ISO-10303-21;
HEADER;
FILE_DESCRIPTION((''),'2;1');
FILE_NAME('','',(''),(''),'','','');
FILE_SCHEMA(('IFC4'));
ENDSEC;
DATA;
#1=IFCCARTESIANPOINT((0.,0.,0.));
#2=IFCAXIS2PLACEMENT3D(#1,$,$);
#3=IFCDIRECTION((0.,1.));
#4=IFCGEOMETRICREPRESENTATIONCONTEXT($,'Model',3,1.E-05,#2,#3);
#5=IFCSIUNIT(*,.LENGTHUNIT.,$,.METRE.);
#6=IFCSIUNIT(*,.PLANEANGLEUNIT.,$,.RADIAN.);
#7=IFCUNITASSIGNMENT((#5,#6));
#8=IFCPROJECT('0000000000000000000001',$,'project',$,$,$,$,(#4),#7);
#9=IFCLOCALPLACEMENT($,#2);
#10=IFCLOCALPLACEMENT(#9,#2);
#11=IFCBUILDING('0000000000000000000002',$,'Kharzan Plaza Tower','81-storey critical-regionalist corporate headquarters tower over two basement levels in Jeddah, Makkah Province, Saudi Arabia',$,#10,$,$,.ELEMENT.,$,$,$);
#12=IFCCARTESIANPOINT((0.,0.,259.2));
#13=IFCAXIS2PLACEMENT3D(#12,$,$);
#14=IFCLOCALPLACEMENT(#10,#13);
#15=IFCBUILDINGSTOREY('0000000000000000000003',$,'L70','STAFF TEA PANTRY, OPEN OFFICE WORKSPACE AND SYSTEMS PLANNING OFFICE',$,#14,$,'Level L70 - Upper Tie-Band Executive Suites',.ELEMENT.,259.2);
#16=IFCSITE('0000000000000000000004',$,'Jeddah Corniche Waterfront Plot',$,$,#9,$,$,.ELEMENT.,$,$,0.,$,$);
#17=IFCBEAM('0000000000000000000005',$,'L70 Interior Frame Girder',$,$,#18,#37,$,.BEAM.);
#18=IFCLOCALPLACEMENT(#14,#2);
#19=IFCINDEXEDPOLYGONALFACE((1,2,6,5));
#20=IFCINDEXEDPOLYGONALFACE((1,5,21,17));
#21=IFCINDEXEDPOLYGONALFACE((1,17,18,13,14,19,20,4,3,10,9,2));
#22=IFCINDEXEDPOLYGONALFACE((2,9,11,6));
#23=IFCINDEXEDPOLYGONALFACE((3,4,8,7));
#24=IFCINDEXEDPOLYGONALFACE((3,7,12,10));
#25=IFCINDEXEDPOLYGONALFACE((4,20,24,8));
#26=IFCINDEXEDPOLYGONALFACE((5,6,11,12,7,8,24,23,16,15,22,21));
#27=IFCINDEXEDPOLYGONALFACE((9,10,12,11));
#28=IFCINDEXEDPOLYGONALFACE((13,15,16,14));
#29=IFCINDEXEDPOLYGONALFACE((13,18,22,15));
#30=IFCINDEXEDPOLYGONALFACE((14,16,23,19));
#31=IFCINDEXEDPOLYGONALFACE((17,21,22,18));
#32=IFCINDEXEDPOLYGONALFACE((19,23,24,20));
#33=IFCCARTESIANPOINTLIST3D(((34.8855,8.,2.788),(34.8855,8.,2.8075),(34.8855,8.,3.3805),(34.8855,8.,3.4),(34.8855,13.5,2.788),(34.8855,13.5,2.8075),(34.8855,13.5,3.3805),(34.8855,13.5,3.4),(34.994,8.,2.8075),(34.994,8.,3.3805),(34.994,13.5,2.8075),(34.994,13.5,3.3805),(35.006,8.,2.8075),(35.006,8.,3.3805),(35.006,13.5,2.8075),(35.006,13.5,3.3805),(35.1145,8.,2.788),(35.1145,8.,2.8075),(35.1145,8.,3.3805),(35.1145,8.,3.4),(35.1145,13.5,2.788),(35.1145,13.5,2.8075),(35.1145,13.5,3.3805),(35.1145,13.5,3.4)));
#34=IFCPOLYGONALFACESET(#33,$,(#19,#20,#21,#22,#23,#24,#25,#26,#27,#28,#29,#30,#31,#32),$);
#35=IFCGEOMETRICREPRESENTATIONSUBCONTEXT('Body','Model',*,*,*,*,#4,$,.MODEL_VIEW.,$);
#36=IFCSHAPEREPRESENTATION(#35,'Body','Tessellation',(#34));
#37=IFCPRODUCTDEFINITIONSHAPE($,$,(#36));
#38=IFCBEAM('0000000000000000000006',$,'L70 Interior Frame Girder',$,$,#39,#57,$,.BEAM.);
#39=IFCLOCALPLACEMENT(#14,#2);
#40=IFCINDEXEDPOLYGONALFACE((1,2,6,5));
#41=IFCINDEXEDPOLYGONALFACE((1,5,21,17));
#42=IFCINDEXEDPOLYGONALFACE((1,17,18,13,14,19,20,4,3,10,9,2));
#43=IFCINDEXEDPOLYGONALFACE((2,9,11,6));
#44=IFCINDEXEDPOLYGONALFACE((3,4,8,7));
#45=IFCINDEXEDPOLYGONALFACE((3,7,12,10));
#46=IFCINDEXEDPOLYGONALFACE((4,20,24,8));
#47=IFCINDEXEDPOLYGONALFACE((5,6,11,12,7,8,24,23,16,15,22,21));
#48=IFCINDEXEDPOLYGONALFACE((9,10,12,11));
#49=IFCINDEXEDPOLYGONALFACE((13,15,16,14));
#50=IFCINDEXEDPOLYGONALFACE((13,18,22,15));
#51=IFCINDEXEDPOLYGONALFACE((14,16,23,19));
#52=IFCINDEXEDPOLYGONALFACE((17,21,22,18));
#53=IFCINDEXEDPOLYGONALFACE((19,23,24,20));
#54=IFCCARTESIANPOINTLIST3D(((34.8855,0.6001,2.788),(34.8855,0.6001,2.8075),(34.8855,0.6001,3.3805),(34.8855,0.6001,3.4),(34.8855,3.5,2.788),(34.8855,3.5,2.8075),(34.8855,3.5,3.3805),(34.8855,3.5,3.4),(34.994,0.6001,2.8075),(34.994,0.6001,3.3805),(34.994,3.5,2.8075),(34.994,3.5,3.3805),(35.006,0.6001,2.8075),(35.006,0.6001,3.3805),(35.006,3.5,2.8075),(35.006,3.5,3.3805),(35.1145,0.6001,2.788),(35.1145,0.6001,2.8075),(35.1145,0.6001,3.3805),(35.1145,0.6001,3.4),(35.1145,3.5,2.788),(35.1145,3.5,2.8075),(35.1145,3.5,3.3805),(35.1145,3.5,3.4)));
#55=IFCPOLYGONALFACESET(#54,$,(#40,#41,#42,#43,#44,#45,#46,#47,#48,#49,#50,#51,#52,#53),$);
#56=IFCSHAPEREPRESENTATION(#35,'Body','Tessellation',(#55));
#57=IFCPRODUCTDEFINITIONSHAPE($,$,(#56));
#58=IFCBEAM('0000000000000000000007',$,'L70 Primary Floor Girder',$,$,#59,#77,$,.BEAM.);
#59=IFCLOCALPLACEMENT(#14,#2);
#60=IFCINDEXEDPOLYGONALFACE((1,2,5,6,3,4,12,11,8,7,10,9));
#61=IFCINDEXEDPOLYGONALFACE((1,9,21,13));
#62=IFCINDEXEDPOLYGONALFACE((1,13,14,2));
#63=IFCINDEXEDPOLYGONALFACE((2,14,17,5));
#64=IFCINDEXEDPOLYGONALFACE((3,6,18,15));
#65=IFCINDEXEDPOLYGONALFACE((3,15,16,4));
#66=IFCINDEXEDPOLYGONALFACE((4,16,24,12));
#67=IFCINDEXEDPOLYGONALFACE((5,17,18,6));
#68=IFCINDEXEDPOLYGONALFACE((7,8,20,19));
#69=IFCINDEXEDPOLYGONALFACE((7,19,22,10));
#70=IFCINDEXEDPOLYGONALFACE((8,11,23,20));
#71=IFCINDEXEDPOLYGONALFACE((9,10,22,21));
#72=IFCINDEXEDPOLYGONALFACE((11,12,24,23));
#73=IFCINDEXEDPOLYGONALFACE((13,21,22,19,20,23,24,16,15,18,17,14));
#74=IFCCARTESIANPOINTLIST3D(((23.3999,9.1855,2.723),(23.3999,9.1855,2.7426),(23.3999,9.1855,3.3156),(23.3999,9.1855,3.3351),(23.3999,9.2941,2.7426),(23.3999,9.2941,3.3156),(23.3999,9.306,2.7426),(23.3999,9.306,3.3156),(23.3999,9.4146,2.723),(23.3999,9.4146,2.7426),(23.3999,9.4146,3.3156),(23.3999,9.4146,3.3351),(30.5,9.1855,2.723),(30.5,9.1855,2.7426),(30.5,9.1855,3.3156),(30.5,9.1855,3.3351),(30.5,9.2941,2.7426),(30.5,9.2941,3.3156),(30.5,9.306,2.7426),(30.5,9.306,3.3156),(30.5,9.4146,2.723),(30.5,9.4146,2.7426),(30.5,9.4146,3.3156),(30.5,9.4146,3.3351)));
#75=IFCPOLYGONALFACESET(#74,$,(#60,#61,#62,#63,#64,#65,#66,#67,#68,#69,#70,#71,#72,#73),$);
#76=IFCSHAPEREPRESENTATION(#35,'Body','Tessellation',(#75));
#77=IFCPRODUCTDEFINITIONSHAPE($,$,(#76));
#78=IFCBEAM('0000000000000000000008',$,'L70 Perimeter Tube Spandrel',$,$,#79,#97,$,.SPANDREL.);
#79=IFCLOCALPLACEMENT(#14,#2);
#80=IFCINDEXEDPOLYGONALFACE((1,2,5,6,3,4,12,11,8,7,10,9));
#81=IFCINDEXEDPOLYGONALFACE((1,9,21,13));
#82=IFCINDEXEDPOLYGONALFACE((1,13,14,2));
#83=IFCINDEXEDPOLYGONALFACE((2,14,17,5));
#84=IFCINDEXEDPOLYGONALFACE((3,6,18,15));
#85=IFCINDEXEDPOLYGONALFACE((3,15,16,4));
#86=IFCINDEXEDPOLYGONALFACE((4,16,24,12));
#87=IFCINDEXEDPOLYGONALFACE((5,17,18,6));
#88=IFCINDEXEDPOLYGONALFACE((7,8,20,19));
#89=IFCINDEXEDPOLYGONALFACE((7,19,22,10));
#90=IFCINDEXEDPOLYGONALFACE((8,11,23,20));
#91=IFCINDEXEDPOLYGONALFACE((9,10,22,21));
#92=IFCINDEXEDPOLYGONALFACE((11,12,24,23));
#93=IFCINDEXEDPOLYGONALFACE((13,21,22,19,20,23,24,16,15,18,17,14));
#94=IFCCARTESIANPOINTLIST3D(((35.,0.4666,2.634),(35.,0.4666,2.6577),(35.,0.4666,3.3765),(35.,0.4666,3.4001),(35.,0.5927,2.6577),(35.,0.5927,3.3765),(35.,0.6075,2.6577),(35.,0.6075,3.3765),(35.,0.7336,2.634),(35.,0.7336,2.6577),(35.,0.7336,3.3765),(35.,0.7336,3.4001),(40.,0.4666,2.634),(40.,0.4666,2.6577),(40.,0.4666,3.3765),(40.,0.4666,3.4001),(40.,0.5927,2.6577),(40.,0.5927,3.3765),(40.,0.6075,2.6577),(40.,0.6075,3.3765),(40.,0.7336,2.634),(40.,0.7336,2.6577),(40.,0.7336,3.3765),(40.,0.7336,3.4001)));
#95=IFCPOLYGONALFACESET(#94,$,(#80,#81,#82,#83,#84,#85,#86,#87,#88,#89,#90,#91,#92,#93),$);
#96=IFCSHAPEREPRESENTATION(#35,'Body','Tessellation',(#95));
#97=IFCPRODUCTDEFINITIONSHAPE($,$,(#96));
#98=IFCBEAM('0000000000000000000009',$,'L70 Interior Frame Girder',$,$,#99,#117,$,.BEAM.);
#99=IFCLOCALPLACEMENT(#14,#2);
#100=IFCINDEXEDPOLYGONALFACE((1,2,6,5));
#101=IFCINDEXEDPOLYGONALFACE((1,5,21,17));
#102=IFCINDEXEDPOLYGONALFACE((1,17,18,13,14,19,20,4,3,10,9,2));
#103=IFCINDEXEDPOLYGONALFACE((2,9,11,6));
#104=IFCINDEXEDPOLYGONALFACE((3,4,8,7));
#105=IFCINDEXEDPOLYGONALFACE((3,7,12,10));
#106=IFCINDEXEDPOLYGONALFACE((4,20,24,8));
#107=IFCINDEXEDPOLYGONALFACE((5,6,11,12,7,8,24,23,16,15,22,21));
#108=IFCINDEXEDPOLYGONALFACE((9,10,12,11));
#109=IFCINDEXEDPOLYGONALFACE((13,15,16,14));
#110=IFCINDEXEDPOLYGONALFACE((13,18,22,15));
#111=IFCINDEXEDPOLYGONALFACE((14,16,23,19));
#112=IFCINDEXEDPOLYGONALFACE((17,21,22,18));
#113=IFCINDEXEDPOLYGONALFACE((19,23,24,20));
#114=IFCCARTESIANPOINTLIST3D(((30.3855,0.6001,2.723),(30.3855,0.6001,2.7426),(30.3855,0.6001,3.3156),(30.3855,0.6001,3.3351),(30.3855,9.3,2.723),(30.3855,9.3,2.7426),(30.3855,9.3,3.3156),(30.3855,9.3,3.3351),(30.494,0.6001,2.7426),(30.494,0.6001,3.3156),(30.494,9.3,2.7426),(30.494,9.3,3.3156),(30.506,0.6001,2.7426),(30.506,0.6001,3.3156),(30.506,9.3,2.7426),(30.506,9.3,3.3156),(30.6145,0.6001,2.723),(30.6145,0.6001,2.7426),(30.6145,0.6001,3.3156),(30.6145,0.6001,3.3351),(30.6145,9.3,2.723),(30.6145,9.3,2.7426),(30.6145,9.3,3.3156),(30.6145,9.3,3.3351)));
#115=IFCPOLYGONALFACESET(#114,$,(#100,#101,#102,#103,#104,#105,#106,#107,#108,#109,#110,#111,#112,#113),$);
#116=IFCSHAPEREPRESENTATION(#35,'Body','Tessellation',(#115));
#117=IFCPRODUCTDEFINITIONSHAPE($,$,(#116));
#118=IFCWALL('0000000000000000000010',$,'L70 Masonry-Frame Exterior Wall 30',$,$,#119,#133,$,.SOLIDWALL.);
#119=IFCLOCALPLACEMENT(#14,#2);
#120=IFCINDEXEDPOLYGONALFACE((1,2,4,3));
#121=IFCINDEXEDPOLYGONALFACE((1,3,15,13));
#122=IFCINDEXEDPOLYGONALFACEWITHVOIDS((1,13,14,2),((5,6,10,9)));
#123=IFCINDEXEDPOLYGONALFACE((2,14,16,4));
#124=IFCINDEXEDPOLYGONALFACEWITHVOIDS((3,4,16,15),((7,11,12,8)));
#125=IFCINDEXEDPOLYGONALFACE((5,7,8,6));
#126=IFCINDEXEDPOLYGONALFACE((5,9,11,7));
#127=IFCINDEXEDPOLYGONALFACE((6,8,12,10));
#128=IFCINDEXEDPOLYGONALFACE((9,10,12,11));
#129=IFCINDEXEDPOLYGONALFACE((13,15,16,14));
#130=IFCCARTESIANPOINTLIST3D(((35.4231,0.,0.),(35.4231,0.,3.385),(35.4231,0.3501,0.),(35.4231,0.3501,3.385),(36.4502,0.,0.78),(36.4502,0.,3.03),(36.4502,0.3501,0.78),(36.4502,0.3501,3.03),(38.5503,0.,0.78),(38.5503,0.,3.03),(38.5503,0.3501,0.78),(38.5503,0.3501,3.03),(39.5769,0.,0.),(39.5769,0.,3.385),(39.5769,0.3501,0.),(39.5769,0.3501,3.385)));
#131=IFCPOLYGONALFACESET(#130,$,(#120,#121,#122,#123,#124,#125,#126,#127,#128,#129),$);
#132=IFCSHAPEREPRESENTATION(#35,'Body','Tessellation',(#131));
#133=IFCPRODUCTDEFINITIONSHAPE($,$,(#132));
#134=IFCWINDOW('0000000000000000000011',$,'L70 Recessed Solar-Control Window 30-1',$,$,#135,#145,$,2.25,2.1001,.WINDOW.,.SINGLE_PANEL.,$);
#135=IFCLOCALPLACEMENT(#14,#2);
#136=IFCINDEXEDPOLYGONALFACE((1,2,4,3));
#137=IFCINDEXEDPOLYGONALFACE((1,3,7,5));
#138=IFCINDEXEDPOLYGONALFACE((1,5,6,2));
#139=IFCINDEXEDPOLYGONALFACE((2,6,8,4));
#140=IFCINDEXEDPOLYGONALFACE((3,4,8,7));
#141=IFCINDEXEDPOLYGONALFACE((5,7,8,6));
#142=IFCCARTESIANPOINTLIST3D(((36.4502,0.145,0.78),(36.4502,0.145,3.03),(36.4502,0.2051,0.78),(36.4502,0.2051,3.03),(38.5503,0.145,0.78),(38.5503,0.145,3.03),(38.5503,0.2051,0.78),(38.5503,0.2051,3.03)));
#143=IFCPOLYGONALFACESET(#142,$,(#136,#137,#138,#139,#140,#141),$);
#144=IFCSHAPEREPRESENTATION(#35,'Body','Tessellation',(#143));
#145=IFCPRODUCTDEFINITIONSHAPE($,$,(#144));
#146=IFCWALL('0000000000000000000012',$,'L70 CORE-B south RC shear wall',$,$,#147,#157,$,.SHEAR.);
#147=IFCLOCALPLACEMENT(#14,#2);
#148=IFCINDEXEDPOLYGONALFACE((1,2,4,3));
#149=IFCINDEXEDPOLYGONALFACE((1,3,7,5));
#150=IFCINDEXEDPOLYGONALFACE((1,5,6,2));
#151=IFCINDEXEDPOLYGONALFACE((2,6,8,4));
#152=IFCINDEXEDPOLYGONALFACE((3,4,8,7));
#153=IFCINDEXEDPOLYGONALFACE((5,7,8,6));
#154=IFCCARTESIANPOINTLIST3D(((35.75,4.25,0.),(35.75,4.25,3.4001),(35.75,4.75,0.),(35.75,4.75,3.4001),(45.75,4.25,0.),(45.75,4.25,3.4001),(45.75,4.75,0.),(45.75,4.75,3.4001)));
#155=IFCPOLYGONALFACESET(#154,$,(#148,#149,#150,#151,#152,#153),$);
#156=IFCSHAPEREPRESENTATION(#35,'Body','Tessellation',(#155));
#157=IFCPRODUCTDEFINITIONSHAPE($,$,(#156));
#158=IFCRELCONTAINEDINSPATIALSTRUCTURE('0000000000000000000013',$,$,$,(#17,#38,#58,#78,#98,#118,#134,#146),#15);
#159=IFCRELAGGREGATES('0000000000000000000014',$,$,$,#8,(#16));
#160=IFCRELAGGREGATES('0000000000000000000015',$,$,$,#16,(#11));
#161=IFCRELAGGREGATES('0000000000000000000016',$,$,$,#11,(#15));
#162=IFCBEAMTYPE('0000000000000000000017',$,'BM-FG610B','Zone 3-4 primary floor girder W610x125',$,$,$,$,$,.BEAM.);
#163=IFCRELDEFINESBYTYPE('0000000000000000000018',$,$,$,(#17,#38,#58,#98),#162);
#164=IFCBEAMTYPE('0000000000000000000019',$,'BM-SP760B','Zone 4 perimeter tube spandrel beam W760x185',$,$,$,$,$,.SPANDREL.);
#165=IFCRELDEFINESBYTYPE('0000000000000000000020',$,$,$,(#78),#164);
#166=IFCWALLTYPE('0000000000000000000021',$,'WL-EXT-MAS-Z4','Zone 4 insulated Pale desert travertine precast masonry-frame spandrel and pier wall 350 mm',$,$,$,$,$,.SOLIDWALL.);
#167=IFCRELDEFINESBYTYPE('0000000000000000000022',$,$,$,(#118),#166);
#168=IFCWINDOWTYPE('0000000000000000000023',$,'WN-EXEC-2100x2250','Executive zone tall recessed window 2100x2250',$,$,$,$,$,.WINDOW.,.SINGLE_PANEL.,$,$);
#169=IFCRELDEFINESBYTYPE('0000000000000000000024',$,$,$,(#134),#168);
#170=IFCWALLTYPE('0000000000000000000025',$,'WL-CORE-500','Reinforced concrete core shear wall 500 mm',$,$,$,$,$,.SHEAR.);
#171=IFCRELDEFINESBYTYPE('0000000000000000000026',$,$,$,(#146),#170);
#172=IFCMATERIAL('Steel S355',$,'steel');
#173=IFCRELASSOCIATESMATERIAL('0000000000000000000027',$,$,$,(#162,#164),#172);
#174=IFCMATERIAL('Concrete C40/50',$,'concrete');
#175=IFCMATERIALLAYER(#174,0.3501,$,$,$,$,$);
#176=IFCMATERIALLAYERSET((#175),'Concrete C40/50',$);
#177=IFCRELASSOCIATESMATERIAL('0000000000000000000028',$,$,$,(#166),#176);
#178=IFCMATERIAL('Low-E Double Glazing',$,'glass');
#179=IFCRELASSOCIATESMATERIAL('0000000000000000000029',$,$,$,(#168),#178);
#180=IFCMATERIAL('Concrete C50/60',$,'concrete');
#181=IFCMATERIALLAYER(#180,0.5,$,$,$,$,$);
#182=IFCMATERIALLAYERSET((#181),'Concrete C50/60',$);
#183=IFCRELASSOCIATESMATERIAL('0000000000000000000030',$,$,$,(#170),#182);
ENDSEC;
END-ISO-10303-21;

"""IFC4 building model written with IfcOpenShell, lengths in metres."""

from ifc_helpers import new_model, si_unit, direction, frame, frame_2d, origin, origin_2d, place, context, subcontext, project, spatial, rectangle, i_section, extrude, source, transform, mapped, material, layer, layer_set, material_profile, profile_set, type_object, element, fill, save


model = new_model("IFC4")

# Units and contexts
model_context = context("Model", 3, precision=1e-05, world=origin(), true_north=direction((0.0, 1.0)))
body_context = subcontext(model_context, "Body", "Model", "MODEL_VIEW")
ifc_project = project(units=[si_unit("LENGTHUNIT", "METRE"), si_unit("PLANEANGLEUNIT", "RADIAN")], contexts=[model_context])

# Site, building, storey
site_placement = place(None, origin())
site = spatial("IfcSite", under=ifc_project, at=site_placement, Name="Jeddah Corniche Waterfront Plot", CompositionType="ELEMENT", RefElevation=0.0)
building_placement = place(site_placement, origin())
building = spatial("IfcBuilding", under=site, at=building_placement, Name="Kharzan Plaza Tower", Description="81-storey critical-regionalist corporate headquarters tower over two basement levels in Jeddah, Makkah Province, Saudi Arabia", CompositionType="ELEMENT")
storey_placement = place(building_placement, frame((0.0, 0.0, 259.2)))
storey = spatial("IfcBuildingStorey", under=building, at=storey_placement, Name="L70", Description="STAFF TEA PANTRY, OPEN OFFICE WORKSPACE AND SYSTEMS PLANNING OFFICE", LongName="Level L70 - Upper Tie-Band Executive Suites", CompositionType="ELEMENT", Elevation=259.2)

# Shared definitions
ifc_material_1 = material(Name="Concrete C50/60", Category="concrete")

# Beams
ifc_material_2 = material(Name="Steel S355", Category="steel")
ifc_material_profile_1 = material_profile(ifc_material_2, i_section(OverallWidth=0.229, OverallDepth=0.6121, WebThickness=0.012, FlangeThickness=0.0195, at=origin_2d()), Name="W610x125")
ifc_profile_set_1 = profile_set([ifc_material_profile_1], Name="Steel S355")
beam_type_1 = type_object("IfcBeamType", Name="BM-FG610B", Description="Zone 3-4 primary floor girder W610x125", PredefinedType="BEAM", material=ifc_profile_set_1)
shared_shape_1 = source(origin(), body_context, "Body", "SweptSolid", [
    extrude(i_section(OverallWidth=0.229, OverallDepth=0.6121, WebThickness=0.012, FlangeThickness=0.0195, at=origin_2d()), origin(), (0.0, 0.0, 1.0), 5.5),
])
beam_1_placement = place(storey_placement, frame((35.0, 8.0, 3.094), z_axis=(0.0, 1.0, 0.0), x_axis=(-1.0, 0.0, 0.0)))
element("IfcBeam", 1, at=beam_1_placement, inside=storey, type_object=beam_type_1, Name="L70 Interior Frame Girder", PredefinedType="BEAM", context=body_context, shape_type="MappedRepresentation", body=[
    mapped(shared_shape_1, transform((0.0, 0.0, 0.0), x_axis=(1.0, 0.0, 0.0), y_axis=(0.0, 1.0, 0.0), z_axis=(0.0, 0.0, 1.0))),
])
shared_shape_2 = source(origin(), body_context, "Body", "SweptSolid", [
    extrude(i_section(OverallWidth=0.229, OverallDepth=0.6121, WebThickness=0.012, FlangeThickness=0.0195, at=origin_2d()), origin(), (0.0, 0.0, 1.0), 2.8999),
])
beam_2_placement = place(storey_placement, frame((35.0, 0.6001, 3.094), z_axis=(0.0, 1.0, 0.0), x_axis=(-1.0, 0.0, 0.0)))
element("IfcBeam", 2, at=beam_2_placement, inside=storey, type_object=beam_type_1, Name="L70 Interior Frame Girder", PredefinedType="BEAM", context=body_context, shape_type="MappedRepresentation", body=[
    mapped(shared_shape_2, transform((0.0, 0.0, 0.0), x_axis=(1.0, 0.0, 0.0), y_axis=(0.0, 1.0, 0.0), z_axis=(0.0, 0.0, 1.0))),
])
shared_shape_3 = source(origin(), body_context, "Body", "SweptSolid", [
    extrude(i_section(OverallWidth=0.229, OverallDepth=0.6121, WebThickness=0.012, FlangeThickness=0.0195, at=origin_2d()), origin(), (0.0, 0.0, 1.0), 7.1001),
])
beam_3_placement = place(storey_placement, frame((23.3999, 9.3, 3.0291), z_axis=(1.0, 0.0, 0.0), x_axis=(0.0, 1.0, 0.0)))
element("IfcBeam", 3, at=beam_3_placement, inside=storey, type_object=beam_type_1, Name="L70 Primary Floor Girder", PredefinedType="BEAM", context=body_context, shape_type="MappedRepresentation", body=[
    mapped(shared_shape_3, transform((0.0, 0.0, 0.0), x_axis=(1.0, 0.0, 0.0), y_axis=(0.0, 1.0, 0.0), z_axis=(0.0, 0.0, 1.0))),
])
ifc_material_profile_2 = material_profile(ifc_material_2, i_section(OverallWidth=0.2671, OverallDepth=0.7661, WebThickness=0.0149, FlangeThickness=0.0237, at=origin_2d()), Name="W760x185")
ifc_profile_set_2 = profile_set([ifc_material_profile_2], Name="Steel S355")
beam_type_2 = type_object("IfcBeamType", Name="BM-SP760B", Description="Zone 4 perimeter tube spandrel beam W760x185", PredefinedType="SPANDREL", material=ifc_profile_set_2)
shared_shape_4 = source(origin(), body_context, "Body", "SweptSolid", [
    extrude(i_section(OverallWidth=0.2671, OverallDepth=0.7661, WebThickness=0.0149, FlangeThickness=0.0237, at=origin_2d()), origin(), (0.0, 0.0, 1.0), 5.0),
])
beam_4_placement = place(storey_placement, frame((35.0, 0.6001, 3.0171), z_axis=(1.0, 0.0, 0.0), x_axis=(0.0, 1.0, 0.0)))
element("IfcBeam", 4, at=beam_4_placement, inside=storey, type_object=beam_type_2, Name="L70 Perimeter Tube Spandrel", PredefinedType="SPANDREL", context=body_context, shape_type="MappedRepresentation", body=[
    mapped(shared_shape_4, transform((0.0, 0.0, 0.0), x_axis=(1.0, 0.0, 0.0), y_axis=(0.0, 1.0, 0.0), z_axis=(0.0, 0.0, 1.0))),
])
shared_shape_5 = source(origin(), body_context, "Body", "SweptSolid", [
    extrude(i_section(OverallWidth=0.229, OverallDepth=0.6121, WebThickness=0.012, FlangeThickness=0.0195, at=origin_2d()), origin(), (0.0, 0.0, 1.0), 8.7),
])
beam_5_placement = place(storey_placement, frame((30.5, 0.6001, 3.0291), z_axis=(0.0, 1.0, 0.0), x_axis=(-1.0, 0.0, 0.0)))
element("IfcBeam", 5, at=beam_5_placement, inside=storey, type_object=beam_type_1, Name="L70 Interior Frame Girder", PredefinedType="BEAM", context=body_context, shape_type="MappedRepresentation", body=[
    mapped(shared_shape_5, transform((0.0, 0.0, 0.0), x_axis=(1.0, 0.0, 0.0), y_axis=(0.0, 1.0, 0.0), z_axis=(0.0, 0.0, 1.0))),
])

# Wall, opening, window
ifc_material_3 = material(Name="Concrete C40/50", Category="concrete")
ifc_layer_1 = layer(ifc_material_3, 0.3501)
ifc_layer_set_1 = layer_set([ifc_layer_1], Name="Concrete C40/50")
wall_type_1 = type_object("IfcWallType", Name="WL-EXT-MAS-Z4", Description="Zone 4 insulated Pale desert travertine precast masonry-frame spandrel and pier wall 350 mm", PredefinedType="SOLIDWALL", material=ifc_layer_set_1)
wall_1_placement = place(storey_placement, frame((35.4231, 0.175, 0.0), z_axis=(0.0, 0.0, 1.0), x_axis=(1.0, 0.0, 0.0)))
wall_1 = element("IfcWall", 6, at=wall_1_placement, inside=storey, type_object=wall_type_1, Name="L70 Masonry-Frame Exterior Wall 30", PredefinedType="SOLIDWALL", context=body_context, shape_type="SweptSolid", body=[
    extrude(rectangle(XDim=4.1538, YDim=0.3501, at=frame_2d((2.0769, 0.0))), origin(), (0.0, 0.0, 1.0), 3.385),
])
opening_placement = place(wall_1_placement, frame((1.0271, 0.0, 0.78)))
opening = element("IfcOpeningElement", 7, at=opening_placement, cuts=wall_1, PredefinedType="OPENING", context=body_context, shape_type="SweptSolid", body=[
    extrude(rectangle(XDim=2.1001, YDim=2.25, at=frame_2d((1.05, 1.125))), frame((0.0, 0.1851, 0.0), z_axis=(0.0, -1.0, 0.0), x_axis=(1.0, 0.0, 0.0)), (0.0, 0.0, 1.0), 0.3701),
])
ifc_material_4 = material(Name="Low-E Double Glazing", Category="glass")
window_type = type_object("IfcWindowType", Name="WN-EXEC-2100x2250", Description="Executive zone tall recessed window 2100x2250", PartitioningType="SINGLE_PANEL", PredefinedType="WINDOW", material=ifc_material_4)
shared_shape_6 = source(origin(), body_context, "Body", "SweptSolid", [
    extrude(rectangle(XDim=2.1001, YDim=2.25, at=frame_2d((1.05, 1.125))), frame((0.0, 0.03, 0.0), z_axis=(0.0, -1.0, 0.0), x_axis=(1.0, 0.0, 0.0)), (0.0, 0.0, 1.0), 0.0601),
])
window_placement = place(opening_placement, origin())
window = element("IfcWindow", 8, at=window_placement, inside=storey, type_object=window_type, Name="L70 Recessed Solar-Control Window 30-1", OverallHeight=2.25, OverallWidth=2.1001, PartitioningType="SINGLE_PANEL", PredefinedType="WINDOW", context=body_context, shape_type="MappedRepresentation", body=[
    mapped(shared_shape_6, transform((0.0, 0.0, 0.0), x_axis=(1.0, 0.0, 0.0), y_axis=(0.0, 1.0, 0.0), z_axis=(0.0, 0.0, 1.0))),
])
fill(opening, window)

# Wall
ifc_layer_2 = layer(ifc_material_1, 0.5)
ifc_layer_set_2 = layer_set([ifc_layer_2], Name="Concrete C50/60")
wall_type_2 = type_object("IfcWallType", Name="WL-CORE-500", Description="Reinforced concrete core shear wall 500 mm", PredefinedType="SHEAR", material=ifc_layer_set_2)
shared_shape_7 = source(origin(), body_context, "Body", "SweptSolid", [
    extrude(rectangle(XDim=10.0, YDim=0.5, at=frame_2d((5.0, 0.0))), origin(), (0.0, 0.0, 1.0), 3.4001),
])
wall_2_placement = place(storey_placement, frame((35.75, 4.5, 0.0), z_axis=(0.0, 0.0, 1.0), x_axis=(1.0, 0.0, 0.0)))
element("IfcWall", 9, at=wall_2_placement, inside=storey, type_object=wall_type_2, Name="L70 CORE-B south RC shear wall", PredefinedType="SHEAR", context=body_context, shape_type="MappedRepresentation", body=[
    mapped(shared_shape_7, transform((0.0, 0.0, 0.0), x_axis=(1.0, 0.0, 0.0), y_axis=(0.0, 1.0, 0.0), z_axis=(0.0, 0.0, 1.0))),
])

save(model, "model.ifc")
